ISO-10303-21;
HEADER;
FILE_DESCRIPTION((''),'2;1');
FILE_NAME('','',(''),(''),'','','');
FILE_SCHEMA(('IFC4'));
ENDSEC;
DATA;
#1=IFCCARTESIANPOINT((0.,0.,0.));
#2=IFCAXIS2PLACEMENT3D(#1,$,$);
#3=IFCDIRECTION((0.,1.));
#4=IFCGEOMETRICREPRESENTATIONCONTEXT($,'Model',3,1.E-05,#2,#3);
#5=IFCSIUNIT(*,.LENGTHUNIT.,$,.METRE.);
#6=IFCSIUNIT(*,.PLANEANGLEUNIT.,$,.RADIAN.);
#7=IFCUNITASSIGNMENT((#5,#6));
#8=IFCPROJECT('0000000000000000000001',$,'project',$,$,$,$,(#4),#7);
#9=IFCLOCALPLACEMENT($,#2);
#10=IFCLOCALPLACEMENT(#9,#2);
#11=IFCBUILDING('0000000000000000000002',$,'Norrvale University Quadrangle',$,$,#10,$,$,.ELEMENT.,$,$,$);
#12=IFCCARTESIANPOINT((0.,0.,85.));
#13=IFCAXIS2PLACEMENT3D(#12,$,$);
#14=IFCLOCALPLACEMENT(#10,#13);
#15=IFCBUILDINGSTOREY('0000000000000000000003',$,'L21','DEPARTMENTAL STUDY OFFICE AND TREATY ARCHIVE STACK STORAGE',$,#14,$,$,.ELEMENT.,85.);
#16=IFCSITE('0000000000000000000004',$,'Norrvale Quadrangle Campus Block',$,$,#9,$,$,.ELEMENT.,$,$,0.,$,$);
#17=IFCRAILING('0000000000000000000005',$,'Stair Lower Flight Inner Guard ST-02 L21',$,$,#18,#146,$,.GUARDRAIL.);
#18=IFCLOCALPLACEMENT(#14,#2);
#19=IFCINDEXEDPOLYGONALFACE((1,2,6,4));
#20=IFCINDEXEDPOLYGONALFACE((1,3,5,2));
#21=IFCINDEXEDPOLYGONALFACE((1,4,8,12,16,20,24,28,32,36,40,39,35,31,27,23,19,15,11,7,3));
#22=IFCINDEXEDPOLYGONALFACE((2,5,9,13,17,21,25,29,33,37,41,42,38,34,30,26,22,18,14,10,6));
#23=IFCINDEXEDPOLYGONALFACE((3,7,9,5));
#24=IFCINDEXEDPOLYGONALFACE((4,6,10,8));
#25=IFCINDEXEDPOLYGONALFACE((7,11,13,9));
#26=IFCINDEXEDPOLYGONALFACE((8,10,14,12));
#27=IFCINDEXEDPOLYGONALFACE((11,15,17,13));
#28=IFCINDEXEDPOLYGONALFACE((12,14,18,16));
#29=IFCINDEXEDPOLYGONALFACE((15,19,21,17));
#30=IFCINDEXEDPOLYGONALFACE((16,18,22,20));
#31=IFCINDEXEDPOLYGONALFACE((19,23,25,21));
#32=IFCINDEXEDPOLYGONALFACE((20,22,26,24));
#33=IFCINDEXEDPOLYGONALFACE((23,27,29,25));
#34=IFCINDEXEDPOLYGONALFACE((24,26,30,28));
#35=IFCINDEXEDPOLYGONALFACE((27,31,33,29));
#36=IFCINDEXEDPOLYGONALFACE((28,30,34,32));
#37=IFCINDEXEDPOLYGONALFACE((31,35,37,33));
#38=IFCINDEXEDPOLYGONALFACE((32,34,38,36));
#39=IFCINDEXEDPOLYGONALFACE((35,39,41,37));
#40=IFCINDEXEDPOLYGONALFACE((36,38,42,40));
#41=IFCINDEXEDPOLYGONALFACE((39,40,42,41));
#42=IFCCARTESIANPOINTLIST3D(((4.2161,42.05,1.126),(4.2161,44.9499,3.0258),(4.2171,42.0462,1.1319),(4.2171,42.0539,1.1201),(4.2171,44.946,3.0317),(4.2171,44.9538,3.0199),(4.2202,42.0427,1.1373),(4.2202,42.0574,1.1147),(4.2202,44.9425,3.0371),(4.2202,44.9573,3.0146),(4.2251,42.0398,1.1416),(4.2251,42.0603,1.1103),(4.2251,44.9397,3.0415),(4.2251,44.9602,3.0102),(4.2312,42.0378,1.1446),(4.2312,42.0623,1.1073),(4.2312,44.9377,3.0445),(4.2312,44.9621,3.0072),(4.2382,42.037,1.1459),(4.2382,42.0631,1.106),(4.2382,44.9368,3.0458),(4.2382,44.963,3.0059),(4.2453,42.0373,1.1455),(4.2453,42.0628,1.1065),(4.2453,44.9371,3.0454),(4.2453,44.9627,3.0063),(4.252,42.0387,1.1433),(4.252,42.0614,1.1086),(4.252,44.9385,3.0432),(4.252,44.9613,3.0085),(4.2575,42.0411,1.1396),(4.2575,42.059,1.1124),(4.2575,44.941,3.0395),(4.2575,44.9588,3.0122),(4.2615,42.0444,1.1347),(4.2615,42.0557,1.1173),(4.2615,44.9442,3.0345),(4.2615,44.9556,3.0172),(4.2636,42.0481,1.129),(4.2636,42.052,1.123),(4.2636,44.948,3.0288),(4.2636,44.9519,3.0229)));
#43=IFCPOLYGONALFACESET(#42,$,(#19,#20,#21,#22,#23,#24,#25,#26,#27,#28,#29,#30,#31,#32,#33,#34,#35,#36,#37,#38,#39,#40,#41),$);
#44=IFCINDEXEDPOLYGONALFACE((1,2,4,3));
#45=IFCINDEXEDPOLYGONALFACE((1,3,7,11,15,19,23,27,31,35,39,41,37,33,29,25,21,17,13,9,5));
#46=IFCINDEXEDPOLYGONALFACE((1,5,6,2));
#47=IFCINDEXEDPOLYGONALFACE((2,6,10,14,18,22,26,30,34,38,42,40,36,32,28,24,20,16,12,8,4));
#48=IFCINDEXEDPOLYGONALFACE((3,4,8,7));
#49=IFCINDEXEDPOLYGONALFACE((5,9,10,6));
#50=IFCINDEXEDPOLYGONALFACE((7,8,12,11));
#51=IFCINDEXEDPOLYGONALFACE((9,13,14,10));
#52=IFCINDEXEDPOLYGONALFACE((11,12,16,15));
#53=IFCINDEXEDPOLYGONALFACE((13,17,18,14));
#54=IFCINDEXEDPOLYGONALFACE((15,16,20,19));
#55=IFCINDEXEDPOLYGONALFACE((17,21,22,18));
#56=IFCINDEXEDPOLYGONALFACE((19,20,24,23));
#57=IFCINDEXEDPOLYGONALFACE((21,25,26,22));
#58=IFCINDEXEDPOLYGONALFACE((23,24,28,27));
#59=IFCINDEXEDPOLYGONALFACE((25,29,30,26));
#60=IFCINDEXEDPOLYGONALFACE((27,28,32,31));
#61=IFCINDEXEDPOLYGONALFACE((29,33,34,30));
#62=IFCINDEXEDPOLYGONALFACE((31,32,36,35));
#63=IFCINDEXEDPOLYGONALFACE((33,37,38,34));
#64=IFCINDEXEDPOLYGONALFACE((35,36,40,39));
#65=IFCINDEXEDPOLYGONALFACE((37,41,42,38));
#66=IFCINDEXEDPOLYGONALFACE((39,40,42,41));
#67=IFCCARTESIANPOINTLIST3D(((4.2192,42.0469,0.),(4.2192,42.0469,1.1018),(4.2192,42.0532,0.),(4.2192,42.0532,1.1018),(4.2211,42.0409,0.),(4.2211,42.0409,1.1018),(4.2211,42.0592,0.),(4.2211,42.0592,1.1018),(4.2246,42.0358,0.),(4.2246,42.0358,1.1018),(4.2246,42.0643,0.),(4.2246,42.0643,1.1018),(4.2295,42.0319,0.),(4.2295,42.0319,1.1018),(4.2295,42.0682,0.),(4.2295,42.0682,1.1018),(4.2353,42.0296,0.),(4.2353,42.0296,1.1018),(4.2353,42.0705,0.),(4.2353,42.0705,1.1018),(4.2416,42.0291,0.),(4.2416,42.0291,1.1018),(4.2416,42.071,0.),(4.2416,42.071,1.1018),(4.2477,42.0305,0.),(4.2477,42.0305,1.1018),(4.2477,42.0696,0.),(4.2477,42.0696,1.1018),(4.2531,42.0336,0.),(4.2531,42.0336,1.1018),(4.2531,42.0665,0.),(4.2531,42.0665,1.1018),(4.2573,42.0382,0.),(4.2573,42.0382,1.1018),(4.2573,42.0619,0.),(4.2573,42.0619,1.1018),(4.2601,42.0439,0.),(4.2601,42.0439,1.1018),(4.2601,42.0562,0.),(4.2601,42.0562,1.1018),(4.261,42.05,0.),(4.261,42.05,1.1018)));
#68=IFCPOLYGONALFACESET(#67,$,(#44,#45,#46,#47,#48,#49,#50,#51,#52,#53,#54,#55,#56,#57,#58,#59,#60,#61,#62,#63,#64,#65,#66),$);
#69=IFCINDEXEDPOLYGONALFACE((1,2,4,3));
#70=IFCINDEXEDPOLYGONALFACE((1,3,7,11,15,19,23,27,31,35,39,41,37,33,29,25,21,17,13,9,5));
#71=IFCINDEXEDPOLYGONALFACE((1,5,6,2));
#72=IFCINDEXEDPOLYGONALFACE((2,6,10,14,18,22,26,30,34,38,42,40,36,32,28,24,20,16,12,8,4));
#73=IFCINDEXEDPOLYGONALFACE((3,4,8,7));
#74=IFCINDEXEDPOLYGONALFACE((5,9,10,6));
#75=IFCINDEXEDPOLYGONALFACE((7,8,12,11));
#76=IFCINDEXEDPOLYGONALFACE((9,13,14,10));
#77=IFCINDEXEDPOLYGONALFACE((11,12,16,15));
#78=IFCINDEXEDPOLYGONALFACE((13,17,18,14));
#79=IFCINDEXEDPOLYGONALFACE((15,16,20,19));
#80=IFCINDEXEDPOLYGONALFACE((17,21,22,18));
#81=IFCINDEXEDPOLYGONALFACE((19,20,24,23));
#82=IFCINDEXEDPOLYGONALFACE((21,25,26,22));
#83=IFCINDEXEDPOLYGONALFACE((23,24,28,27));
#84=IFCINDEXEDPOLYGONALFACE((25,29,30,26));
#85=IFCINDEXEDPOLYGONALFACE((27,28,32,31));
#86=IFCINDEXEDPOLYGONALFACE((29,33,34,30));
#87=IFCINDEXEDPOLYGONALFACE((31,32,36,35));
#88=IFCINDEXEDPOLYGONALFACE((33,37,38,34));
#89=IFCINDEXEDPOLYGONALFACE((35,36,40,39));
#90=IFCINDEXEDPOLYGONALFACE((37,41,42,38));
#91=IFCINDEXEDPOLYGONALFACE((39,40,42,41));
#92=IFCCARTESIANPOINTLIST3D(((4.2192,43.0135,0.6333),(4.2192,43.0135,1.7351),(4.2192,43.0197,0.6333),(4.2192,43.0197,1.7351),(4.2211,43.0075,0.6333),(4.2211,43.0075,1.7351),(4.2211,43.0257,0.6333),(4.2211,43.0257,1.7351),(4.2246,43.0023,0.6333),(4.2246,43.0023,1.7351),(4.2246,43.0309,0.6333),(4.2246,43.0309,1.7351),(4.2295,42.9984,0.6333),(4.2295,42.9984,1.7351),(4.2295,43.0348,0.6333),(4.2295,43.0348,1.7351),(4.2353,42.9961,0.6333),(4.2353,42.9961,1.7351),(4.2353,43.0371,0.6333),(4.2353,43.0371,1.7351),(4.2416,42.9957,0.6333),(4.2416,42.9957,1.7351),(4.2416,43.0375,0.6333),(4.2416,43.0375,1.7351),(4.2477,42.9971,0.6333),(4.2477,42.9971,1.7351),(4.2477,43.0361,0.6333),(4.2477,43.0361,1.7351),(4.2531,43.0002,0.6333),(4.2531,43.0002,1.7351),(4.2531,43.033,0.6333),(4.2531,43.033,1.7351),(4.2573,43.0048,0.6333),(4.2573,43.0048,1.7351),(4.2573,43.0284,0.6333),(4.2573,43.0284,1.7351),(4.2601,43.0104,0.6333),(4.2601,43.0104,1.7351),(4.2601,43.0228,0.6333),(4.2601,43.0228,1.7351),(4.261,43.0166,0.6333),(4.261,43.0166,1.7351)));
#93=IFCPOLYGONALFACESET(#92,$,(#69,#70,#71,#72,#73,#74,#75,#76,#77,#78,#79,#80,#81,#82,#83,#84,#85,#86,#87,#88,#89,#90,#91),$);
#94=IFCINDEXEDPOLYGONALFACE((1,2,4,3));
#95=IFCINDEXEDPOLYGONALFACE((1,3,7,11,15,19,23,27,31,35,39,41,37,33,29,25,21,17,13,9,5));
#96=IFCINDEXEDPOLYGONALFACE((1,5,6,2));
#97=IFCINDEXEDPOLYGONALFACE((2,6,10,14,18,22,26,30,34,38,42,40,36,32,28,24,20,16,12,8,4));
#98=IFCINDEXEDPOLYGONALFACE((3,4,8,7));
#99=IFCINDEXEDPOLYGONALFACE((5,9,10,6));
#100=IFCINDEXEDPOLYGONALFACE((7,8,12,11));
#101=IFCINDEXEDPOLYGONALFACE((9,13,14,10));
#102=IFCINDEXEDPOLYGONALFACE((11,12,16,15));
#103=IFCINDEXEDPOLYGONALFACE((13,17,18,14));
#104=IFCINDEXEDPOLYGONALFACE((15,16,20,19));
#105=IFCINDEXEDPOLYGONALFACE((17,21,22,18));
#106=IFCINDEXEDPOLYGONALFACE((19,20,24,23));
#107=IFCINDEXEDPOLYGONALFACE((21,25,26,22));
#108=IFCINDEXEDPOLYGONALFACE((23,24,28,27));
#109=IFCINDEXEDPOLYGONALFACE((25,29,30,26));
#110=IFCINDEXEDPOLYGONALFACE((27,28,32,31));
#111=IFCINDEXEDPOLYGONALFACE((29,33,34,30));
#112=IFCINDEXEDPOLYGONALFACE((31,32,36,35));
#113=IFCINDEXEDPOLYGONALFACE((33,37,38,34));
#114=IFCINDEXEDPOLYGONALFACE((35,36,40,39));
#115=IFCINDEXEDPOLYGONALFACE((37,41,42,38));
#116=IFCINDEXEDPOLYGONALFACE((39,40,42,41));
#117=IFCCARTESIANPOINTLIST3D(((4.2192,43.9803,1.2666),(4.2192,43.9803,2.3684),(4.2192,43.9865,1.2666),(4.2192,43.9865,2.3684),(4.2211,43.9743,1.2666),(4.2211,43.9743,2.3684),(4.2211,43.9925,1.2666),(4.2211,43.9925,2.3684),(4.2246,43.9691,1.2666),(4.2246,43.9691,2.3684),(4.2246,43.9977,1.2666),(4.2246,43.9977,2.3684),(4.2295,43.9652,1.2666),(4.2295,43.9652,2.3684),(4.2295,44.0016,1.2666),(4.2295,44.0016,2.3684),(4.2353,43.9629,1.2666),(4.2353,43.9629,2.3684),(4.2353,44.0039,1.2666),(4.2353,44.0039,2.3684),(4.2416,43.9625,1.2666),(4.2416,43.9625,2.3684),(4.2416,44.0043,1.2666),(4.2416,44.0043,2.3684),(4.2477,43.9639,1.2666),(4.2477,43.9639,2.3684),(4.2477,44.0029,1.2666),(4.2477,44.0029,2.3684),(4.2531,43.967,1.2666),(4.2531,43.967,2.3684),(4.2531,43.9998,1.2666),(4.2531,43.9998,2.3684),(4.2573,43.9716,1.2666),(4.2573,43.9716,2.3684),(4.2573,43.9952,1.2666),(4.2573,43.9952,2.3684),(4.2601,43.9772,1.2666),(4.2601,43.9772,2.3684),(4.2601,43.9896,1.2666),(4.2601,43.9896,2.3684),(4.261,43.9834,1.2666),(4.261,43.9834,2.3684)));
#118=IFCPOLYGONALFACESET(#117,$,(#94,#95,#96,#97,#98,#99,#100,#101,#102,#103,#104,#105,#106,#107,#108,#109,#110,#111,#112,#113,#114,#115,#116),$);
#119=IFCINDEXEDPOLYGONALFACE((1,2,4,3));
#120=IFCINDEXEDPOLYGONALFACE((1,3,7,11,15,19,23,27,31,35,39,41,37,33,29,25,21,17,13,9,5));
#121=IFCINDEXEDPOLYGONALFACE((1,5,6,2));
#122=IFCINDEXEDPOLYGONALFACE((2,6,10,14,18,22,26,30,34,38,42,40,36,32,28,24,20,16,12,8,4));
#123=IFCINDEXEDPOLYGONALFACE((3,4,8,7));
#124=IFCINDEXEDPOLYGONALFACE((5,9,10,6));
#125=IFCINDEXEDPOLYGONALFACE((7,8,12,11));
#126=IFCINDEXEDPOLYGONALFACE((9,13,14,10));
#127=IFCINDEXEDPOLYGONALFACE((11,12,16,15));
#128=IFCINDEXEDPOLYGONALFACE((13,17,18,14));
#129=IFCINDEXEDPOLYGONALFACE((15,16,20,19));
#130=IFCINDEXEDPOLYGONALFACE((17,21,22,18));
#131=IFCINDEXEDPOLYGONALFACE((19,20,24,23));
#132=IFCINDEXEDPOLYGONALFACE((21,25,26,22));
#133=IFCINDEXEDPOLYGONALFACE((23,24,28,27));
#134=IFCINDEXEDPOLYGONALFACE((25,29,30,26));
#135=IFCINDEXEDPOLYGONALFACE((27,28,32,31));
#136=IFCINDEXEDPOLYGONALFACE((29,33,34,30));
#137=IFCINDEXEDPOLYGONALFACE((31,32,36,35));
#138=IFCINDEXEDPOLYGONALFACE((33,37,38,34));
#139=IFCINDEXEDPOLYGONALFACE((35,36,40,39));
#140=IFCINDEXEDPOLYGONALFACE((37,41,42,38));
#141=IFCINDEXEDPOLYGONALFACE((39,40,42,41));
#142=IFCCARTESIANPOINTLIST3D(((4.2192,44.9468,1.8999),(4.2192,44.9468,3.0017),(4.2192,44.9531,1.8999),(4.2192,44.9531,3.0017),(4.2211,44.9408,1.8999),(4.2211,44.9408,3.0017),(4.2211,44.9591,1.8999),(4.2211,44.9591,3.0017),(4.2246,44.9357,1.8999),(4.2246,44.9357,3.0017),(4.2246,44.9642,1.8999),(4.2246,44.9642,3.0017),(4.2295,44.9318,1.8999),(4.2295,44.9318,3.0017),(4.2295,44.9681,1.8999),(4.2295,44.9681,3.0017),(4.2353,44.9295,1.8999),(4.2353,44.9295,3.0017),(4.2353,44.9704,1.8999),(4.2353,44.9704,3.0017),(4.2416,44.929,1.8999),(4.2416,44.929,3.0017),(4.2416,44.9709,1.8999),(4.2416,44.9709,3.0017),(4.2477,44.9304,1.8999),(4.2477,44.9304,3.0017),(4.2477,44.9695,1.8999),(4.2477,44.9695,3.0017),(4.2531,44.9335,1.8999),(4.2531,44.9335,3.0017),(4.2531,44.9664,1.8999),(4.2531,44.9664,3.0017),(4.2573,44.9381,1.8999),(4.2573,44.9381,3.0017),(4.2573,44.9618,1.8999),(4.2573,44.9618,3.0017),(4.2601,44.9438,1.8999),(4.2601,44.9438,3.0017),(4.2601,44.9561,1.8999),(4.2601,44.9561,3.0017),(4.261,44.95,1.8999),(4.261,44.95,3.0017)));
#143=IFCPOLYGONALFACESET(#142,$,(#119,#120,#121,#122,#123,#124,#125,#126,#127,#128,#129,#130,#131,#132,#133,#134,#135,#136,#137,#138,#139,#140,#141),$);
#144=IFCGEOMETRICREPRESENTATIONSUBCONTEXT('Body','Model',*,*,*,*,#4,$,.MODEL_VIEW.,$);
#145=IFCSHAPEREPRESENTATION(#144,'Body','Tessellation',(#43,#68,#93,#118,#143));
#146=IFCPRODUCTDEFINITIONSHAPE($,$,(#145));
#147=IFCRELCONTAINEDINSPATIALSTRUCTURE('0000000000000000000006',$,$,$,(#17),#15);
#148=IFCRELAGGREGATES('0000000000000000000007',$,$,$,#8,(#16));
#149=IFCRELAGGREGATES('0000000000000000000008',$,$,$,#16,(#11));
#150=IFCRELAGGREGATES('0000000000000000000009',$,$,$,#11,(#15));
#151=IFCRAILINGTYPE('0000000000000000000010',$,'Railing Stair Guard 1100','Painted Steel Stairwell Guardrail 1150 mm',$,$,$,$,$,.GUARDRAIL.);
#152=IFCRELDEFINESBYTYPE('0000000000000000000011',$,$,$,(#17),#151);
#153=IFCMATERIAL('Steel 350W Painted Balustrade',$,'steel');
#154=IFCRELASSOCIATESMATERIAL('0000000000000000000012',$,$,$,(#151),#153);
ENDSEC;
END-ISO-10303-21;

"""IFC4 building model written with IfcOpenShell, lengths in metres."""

from ifc_helpers import new_model, si_unit, direction, frame, origin, origin_2d, place, context, subcontext, project, spatial, circle, extrude, material, type_object, element, save


model = new_model("IFC4")

# Units and contexts
model_context = context("Model", 3, precision=1e-05, world=origin(), true_north=direction((0.0, 1.0)))
body_context = subcontext(model_context, "Body", "Model", "MODEL_VIEW")
ifc_project = project(units=[si_unit("LENGTHUNIT", "METRE"), si_unit("PLANEANGLEUNIT", "RADIAN")], contexts=[model_context])

# Site, building, storey
site_placement = place(None, origin())
site = spatial("IfcSite", under=ifc_project, at=site_placement, Name="Norrvale Quadrangle Campus Block", CompositionType="ELEMENT", RefElevation=0.0)
building_placement = place(site_placement, origin())
building = spatial("IfcBuilding", under=site, at=building_placement, Name="Norrvale University Quadrangle", CompositionType="ELEMENT")
storey_placement = place(building_placement, frame((0.0, 0.0, 85.0)))
storey = spatial("IfcBuildingStorey", under=building, at=storey_placement, Name="L21", Description="DEPARTMENTAL STUDY OFFICE AND TREATY ARCHIVE STACK STORAGE", CompositionType="ELEMENT", Elevation=85.0)

# Railing
ifc_material_1 = material(Name="Steel 350W Painted Balustrade", Category="steel")
railing_type_1 = type_object("IfcRailingType", Name="Railing Stair Guard 1100", Description="Painted Steel Stairwell Guardrail 1150 mm", PredefinedType="GUARDRAIL", material=ifc_material_1)
railing_1_placement = place(storey_placement, frame((4.24, 42.05, 0.0)))
element("IfcRailing", 1, at=railing_1_placement, inside=storey, type_object=railing_type_1, Name="Stair Lower Flight Inner Guard ST-02 L21", PredefinedType="GUARDRAIL", context=body_context, shape_type="SweptSolid", body=[
    extrude(circle(Radius=0.0239, at=origin_2d()), frame((0.0, 0.0, 1.126), z_axis=(0.0, 0.836466, 0.548019), x_axis=(-1.0, 0.0, 0.0)), (0.0, 0.0, 1.0), 3.4668),
    extrude(circle(Radius=0.021, at=origin_2d()), origin(), (0.0, 0.0, 1.0), 1.1018),
    extrude(circle(Radius=0.021, at=origin_2d()), frame((0.0, 0.9666, 0.6333)), (0.0, 0.0, 1.0), 1.1018),
    extrude(circle(Radius=0.021, at=origin_2d()), frame((0.0, 1.9333, 1.2666)), (0.0, 0.0, 1.0), 1.1018),
    extrude(circle(Radius=0.021, at=origin_2d()), frame((0.0, 2.8999, 1.8999)), (0.0, 0.0, 1.0), 1.1018),
])

save(model, "model.ifc")
